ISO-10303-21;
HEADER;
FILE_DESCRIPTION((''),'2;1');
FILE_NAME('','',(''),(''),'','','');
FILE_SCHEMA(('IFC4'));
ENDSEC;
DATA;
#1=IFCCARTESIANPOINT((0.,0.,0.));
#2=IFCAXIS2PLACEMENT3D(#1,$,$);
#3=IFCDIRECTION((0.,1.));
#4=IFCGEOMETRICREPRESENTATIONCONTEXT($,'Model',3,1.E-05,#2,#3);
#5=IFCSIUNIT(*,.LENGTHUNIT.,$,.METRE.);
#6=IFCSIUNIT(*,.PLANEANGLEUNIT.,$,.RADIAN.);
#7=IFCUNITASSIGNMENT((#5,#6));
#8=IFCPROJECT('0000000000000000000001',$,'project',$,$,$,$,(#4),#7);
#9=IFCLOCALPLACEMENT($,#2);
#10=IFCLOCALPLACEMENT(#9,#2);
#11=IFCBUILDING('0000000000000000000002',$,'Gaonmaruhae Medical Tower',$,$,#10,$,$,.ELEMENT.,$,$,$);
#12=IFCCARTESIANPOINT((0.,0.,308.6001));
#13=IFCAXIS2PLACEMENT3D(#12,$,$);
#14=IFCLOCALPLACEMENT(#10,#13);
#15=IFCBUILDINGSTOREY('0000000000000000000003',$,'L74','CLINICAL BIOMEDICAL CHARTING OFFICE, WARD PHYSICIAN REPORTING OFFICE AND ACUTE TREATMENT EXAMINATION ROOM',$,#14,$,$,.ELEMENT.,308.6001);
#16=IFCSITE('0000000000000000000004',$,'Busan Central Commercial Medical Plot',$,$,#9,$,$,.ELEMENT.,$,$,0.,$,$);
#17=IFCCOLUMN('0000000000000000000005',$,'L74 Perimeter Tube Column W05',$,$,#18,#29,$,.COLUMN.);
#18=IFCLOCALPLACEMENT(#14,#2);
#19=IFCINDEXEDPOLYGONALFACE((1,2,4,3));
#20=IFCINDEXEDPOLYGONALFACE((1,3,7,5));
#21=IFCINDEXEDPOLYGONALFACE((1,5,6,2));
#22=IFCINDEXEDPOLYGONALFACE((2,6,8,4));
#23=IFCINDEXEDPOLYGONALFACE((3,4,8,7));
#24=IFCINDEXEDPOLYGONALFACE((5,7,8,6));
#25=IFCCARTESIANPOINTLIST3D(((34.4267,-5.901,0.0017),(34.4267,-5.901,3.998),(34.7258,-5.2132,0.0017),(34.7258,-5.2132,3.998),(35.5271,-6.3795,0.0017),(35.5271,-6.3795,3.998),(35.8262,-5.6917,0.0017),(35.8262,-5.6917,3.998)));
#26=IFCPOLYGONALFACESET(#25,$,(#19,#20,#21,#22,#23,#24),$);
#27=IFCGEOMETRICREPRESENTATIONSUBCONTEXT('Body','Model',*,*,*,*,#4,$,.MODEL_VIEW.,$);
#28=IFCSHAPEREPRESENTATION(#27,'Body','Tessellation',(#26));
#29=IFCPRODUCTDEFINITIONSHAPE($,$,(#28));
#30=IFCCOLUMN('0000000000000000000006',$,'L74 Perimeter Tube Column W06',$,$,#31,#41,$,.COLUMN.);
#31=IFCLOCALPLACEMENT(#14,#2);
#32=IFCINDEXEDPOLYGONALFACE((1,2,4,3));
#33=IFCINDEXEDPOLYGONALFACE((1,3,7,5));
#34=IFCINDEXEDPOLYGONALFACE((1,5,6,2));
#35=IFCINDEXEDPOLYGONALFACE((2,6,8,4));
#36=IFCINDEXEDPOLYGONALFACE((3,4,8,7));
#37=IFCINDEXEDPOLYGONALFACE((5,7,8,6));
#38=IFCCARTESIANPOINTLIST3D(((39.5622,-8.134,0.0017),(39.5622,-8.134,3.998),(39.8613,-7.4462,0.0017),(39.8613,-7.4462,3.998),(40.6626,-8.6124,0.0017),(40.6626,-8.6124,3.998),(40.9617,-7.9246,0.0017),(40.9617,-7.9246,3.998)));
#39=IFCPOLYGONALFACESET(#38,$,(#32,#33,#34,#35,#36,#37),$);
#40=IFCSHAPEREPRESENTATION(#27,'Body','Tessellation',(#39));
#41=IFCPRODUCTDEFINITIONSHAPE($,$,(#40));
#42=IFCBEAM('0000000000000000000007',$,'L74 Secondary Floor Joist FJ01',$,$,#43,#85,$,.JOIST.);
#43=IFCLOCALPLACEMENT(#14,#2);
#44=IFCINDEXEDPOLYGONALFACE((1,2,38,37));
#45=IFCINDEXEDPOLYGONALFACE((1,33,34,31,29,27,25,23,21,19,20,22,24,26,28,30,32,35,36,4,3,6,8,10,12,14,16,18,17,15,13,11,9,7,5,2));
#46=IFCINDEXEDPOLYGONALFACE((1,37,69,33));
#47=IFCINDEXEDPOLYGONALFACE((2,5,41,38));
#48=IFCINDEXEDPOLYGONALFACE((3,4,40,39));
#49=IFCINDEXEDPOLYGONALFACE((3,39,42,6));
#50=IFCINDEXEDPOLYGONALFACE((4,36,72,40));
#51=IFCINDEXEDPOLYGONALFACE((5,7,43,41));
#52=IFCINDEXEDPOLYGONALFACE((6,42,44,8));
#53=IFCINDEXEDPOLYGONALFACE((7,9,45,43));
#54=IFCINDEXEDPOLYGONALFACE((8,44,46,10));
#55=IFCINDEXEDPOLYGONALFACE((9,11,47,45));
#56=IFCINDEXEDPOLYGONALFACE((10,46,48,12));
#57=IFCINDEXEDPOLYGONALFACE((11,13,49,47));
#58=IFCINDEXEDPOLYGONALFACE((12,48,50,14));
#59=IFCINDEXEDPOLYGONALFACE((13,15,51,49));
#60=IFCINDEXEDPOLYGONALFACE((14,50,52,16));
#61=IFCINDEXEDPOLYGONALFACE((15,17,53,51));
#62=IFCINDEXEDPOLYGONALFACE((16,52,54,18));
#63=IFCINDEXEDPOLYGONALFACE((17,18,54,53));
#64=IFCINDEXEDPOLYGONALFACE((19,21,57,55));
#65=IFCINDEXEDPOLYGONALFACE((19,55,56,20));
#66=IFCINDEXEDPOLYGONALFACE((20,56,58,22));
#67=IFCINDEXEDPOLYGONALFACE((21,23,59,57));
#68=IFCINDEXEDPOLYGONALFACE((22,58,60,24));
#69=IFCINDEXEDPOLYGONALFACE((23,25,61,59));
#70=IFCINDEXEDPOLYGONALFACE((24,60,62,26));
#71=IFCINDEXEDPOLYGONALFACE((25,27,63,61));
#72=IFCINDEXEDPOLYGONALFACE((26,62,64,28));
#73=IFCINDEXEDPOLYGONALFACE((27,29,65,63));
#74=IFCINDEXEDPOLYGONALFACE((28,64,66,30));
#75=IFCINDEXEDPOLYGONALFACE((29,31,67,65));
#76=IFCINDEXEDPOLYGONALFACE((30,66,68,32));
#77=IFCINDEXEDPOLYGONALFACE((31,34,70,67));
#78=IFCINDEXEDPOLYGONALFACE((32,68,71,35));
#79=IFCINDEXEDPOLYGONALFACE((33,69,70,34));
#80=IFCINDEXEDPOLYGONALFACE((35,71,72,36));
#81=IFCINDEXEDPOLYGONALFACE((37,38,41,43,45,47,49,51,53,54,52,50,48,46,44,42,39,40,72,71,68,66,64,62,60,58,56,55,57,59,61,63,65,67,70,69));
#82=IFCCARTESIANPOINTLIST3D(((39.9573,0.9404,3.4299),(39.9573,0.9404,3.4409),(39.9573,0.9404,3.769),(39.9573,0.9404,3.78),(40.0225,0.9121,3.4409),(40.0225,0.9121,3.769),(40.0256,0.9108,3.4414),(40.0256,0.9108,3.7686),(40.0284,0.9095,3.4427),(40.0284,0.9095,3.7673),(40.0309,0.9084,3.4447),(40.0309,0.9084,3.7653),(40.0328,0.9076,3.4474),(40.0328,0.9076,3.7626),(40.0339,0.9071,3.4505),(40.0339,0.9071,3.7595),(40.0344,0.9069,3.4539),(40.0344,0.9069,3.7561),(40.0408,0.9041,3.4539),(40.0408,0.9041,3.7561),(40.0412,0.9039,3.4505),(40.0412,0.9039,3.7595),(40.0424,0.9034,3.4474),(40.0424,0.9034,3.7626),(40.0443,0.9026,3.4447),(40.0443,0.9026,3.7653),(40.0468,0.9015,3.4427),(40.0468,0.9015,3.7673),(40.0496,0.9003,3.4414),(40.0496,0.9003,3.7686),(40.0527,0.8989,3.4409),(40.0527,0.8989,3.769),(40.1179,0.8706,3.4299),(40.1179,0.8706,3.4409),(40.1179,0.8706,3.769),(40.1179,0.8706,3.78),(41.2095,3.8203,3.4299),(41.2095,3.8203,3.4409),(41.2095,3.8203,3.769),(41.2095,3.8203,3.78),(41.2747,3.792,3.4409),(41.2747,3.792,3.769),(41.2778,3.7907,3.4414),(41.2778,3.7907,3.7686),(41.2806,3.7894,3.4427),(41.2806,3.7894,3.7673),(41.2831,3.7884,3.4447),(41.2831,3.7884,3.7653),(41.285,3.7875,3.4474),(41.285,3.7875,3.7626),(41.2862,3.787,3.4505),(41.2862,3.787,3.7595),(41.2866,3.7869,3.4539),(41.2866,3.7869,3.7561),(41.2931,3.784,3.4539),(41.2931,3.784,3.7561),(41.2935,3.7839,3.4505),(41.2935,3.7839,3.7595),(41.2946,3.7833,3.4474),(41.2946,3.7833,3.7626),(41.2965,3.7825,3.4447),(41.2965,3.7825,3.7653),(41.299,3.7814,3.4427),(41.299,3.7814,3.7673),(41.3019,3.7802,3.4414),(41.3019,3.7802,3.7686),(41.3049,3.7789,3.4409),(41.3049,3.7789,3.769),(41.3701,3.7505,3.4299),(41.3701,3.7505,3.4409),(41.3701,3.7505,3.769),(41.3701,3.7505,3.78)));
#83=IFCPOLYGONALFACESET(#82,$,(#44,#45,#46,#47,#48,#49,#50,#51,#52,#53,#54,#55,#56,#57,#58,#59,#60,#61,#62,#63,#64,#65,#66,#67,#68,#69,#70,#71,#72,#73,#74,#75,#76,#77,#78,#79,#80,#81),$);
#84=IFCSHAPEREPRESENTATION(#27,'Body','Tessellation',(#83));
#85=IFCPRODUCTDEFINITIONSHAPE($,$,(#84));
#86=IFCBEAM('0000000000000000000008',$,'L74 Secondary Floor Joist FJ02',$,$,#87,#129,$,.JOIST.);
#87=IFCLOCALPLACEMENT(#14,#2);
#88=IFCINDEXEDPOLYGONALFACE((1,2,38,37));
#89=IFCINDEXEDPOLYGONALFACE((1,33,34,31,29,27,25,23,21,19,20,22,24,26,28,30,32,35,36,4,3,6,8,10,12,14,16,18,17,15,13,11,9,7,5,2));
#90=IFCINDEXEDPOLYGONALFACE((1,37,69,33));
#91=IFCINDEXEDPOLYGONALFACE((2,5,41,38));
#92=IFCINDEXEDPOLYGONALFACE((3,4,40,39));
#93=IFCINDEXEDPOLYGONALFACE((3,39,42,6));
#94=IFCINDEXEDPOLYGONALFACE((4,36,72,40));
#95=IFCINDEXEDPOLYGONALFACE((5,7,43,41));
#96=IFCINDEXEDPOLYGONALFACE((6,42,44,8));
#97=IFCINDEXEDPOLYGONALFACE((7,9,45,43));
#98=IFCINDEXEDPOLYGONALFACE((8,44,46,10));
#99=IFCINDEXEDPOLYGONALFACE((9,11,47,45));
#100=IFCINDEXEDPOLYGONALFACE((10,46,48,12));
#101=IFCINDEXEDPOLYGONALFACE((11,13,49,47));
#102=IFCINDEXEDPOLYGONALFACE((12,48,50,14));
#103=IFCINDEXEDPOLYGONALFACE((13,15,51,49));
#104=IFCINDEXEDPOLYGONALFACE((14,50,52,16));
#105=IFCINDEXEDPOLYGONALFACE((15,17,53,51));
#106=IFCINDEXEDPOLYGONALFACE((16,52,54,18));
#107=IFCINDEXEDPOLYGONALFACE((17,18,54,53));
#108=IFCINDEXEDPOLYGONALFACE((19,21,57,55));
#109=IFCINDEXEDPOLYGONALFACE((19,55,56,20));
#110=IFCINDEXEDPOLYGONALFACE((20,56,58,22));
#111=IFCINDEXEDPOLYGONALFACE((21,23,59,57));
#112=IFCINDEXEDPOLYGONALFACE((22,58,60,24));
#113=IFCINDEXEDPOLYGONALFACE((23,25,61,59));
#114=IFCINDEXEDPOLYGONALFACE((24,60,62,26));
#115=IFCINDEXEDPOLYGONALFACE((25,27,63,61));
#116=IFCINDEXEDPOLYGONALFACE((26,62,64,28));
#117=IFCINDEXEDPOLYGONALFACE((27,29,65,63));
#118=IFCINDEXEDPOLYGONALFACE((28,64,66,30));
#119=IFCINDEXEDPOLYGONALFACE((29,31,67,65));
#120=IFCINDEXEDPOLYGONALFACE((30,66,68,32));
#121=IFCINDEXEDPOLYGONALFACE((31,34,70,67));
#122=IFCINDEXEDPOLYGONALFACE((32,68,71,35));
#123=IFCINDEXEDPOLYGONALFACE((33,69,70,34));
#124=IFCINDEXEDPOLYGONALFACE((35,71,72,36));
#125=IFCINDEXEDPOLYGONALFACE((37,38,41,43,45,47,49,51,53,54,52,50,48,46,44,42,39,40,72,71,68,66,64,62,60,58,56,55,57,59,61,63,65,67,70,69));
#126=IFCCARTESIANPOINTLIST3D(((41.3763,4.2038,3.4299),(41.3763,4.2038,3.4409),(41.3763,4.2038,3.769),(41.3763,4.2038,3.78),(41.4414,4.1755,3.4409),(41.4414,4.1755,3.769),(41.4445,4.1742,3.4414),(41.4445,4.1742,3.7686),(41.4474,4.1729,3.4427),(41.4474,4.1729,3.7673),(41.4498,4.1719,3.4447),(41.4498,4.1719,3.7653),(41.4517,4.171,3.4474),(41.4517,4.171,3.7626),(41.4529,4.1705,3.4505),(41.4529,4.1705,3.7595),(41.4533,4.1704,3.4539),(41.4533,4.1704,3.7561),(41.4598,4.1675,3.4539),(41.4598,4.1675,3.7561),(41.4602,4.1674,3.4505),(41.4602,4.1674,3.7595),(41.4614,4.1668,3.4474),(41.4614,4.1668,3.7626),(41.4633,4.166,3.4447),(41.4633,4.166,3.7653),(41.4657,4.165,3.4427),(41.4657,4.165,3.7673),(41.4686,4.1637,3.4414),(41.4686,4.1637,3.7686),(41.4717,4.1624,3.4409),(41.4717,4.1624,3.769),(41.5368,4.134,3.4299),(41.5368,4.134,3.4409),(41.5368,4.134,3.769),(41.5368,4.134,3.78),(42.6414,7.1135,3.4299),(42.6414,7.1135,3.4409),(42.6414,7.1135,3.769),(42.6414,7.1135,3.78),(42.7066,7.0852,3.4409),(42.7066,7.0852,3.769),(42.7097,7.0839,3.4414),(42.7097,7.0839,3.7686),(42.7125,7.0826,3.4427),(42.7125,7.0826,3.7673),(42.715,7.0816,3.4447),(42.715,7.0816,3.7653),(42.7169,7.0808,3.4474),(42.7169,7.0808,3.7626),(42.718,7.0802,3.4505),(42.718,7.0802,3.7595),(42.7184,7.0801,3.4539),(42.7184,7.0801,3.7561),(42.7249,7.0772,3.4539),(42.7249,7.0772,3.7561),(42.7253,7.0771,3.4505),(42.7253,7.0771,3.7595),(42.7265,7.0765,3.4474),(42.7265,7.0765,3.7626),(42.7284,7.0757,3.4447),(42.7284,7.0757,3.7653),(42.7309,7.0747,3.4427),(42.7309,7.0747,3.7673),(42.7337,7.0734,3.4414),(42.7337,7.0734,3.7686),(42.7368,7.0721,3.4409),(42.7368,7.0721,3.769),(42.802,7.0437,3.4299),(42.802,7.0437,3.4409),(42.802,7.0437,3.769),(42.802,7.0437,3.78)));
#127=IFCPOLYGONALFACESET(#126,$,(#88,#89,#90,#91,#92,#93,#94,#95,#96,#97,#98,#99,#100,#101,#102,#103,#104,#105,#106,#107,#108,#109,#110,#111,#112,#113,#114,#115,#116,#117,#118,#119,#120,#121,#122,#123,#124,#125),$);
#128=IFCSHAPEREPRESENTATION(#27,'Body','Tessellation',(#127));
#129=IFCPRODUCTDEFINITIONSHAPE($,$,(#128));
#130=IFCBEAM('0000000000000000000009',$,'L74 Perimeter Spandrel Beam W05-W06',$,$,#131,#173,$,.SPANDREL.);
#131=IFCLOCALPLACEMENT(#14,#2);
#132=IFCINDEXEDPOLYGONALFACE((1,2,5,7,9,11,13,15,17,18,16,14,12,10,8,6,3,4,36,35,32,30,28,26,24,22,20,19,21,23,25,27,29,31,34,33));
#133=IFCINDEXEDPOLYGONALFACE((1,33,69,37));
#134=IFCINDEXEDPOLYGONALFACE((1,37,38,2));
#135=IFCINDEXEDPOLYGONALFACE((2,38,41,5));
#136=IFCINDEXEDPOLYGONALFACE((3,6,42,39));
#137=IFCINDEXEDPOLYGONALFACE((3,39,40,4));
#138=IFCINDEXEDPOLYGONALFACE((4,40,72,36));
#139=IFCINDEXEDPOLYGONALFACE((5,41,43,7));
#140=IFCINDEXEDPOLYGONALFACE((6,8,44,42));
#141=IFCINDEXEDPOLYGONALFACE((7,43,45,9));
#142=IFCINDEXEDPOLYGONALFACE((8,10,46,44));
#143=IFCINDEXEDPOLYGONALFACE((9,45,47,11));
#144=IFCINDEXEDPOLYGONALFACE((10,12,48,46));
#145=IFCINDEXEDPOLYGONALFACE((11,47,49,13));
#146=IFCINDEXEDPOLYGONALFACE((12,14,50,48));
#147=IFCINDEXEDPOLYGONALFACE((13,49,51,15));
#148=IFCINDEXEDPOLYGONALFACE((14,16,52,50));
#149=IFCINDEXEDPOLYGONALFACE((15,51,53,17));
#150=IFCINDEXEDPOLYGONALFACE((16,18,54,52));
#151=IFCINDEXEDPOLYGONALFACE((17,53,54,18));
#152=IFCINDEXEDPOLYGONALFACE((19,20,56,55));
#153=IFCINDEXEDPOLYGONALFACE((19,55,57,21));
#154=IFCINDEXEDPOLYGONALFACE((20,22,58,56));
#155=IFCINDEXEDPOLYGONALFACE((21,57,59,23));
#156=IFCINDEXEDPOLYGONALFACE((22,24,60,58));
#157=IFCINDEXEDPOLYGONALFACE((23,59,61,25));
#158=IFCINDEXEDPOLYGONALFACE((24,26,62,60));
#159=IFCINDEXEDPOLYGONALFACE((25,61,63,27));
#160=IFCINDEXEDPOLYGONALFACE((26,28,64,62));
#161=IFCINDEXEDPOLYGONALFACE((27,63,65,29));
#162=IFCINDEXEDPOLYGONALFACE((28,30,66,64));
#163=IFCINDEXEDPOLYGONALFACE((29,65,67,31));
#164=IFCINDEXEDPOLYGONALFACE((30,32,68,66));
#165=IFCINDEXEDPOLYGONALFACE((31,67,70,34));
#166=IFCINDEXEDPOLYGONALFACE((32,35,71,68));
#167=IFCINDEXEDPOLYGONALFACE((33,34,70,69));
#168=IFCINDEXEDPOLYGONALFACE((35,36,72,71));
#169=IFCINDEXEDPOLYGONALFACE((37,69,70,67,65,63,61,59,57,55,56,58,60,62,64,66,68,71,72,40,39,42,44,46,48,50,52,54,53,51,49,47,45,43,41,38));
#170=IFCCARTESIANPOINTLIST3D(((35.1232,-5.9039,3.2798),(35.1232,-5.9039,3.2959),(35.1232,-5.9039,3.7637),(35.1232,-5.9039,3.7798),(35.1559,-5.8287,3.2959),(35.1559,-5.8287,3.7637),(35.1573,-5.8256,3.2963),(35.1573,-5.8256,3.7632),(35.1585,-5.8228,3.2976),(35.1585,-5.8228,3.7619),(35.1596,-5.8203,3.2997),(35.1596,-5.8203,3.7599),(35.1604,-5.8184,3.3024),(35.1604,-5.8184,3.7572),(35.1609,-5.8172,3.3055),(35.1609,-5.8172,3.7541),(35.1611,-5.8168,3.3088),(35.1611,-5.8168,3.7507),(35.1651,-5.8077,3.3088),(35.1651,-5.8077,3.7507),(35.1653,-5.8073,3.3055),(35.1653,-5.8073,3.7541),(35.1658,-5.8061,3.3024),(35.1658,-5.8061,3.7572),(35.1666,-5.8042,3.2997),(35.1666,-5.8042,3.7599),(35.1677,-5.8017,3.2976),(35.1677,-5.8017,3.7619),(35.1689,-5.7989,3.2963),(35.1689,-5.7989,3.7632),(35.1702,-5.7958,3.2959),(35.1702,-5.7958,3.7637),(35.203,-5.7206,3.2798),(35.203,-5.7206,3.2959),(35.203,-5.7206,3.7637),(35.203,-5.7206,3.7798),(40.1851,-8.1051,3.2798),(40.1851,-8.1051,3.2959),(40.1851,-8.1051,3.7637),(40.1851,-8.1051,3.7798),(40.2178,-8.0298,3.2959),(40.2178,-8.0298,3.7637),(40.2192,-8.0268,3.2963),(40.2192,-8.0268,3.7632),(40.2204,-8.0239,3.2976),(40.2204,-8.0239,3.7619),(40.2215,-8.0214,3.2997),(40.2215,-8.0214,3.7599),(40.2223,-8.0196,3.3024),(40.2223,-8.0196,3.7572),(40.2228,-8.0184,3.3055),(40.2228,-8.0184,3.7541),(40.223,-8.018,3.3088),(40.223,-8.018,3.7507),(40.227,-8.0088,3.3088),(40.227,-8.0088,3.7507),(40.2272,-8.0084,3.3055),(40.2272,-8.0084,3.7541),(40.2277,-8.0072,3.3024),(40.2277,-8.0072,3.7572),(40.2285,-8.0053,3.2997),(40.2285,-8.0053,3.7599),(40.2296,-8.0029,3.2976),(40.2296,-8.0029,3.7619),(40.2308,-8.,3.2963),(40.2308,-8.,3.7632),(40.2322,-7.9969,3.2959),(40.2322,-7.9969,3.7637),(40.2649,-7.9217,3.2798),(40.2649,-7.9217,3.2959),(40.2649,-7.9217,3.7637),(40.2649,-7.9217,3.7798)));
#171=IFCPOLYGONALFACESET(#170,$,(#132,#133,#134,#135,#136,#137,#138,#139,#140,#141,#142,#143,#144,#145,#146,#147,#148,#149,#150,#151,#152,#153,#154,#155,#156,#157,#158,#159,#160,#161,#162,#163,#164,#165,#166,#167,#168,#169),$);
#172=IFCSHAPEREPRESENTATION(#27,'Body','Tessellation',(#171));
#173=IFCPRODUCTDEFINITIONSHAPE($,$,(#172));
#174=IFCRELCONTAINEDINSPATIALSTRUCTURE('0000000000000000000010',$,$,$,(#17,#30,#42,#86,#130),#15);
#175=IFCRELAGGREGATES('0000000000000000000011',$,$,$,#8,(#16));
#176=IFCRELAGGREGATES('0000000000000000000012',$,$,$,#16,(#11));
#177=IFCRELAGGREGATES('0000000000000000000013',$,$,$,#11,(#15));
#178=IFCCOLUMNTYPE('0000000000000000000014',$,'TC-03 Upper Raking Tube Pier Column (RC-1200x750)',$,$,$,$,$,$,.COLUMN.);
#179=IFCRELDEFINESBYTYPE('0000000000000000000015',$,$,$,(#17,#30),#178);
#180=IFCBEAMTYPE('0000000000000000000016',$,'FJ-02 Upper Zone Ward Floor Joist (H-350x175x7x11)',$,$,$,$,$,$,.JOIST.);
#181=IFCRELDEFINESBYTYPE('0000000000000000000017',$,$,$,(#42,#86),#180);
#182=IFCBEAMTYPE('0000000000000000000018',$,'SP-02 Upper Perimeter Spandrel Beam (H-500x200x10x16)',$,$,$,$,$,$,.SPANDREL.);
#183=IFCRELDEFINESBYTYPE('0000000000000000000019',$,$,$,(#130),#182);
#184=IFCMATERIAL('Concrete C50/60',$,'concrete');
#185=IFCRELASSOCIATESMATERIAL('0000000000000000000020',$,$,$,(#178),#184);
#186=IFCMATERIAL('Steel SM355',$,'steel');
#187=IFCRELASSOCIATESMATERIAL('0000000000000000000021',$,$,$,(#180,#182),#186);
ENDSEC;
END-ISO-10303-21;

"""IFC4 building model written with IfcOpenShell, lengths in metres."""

from ifc_helpers import new_model, si_unit, direction, frame, origin, origin_2d, place, context, subcontext, project, spatial, rectangle, i_section, extrude, material, material_profile, profile_set, type_object, element, save


model = new_model("IFC4")

# Units and contexts
model_context = context("Model", 3, precision=1e-05, world=origin(), true_north=direction((0.0, 1.0)))
body_context = subcontext(model_context, "Body", "Model", "MODEL_VIEW")
ifc_project = project(units=[si_unit("LENGTHUNIT", "METRE"), si_unit("PLANEANGLEUNIT", "RADIAN")], contexts=[model_context])

# Site, building, storey
site_placement = place(None, origin())
site = spatial("IfcSite", under=ifc_project, at=site_placement, Name="Busan Central Commercial Medical Plot", CompositionType="ELEMENT", RefElevation=0.0)
building_placement = place(site_placement, origin())
building = spatial("IfcBuilding", under=site, at=building_placement, Name="Gaonmaruhae Medical Tower", CompositionType="ELEMENT")
storey_placement = place(building_placement, frame((0.0, 0.0, 308.6001)))
storey = spatial("IfcBuildingStorey", under=building, at=storey_placement, Name="L74", Description="CLINICAL BIOMEDICAL CHARTING OFFICE, WARD PHYSICIAN REPORTING OFFICE AND ACUTE TREATMENT EXAMINATION ROOM", CompositionType="ELEMENT", Elevation=308.6001)

# Columns
ifc_material_1 = material(Name="Concrete C50/60", Category="concrete")
ifc_material_profile_1 = material_profile(ifc_material_1, rectangle(XDim=1.2, YDim=0.75, at=origin_2d()), Name="RC-1200x750")
ifc_profile_set_1 = profile_set([ifc_material_profile_1], Name="Concrete C50/60")
column_type = type_object("IfcColumnType", Name="TC-03 Upper Raking Tube Pier Column (RC-1200x750)", PredefinedType="COLUMN", material=ifc_profile_set_1)
for number, where, z_axis, x_axis, name in (
    (1, (35.1265, -5.7964, 0.0017), (0.0, 0.0, 1.0), (-0.91706, 0.398749, 0.0), "L74 Perimeter Tube Column W05"),
    (2, (40.262, -8.0293, 0.0017), (0.0, 0.0, 1.0), (-0.91706, 0.398749, 0.0), "L74 Perimeter Tube Column W06"),
):
    element("IfcColumn", number, at=place(storey_placement, frame(where, z_axis=z_axis, x_axis=x_axis)), inside=storey, type_object=column_type, Name=name, PredefinedType="COLUMN", context=body_context, shape_type="SweptSolid", body=[
        extrude(rectangle(XDim=1.2, YDim=0.75, at=origin_2d()), origin(), (0.0, 0.0, 1.0), 3.9963),
    ])

# Beams
ifc_material_2 = material(Name="Steel SM355", Category="steel")
ifc_material_profile_2 = material_profile(ifc_material_2, i_section(OverallWidth=0.175, OverallDepth=0.3501, WebThickness=0.0071, FlangeThickness=0.011, FilletRadius=0.0129, at=origin_2d()), Name="H-350x175x7x11")
ifc_profile_set_2 = profile_set([ifc_material_profile_2], Name="Steel SM355")
beam_type_1 = type_object("IfcBeamType", Name="FJ-02 Upper Zone Ward Floor Joist (H-350x175x7x11)", PredefinedType="JOIST", material=ifc_profile_set_2)
beam_1_placement = place(storey_placement, frame((40.0376, 0.9055, 3.605), z_axis=(0.398746, 0.917061, 0.0), x_axis=(-0.917061, 0.398746, 0.0)))
element("IfcBeam", 3, at=beam_1_placement, inside=storey, type_object=beam_type_1, Name="L74 Secondary Floor Joist FJ01", PredefinedType="JOIST", context=body_context, shape_type="SweptSolid", body=[
    extrude(i_section(OverallWidth=0.175, OverallDepth=0.3501, WebThickness=0.0071, FlangeThickness=0.011, FilletRadius=0.0129, at=origin_2d()), origin(), (0.0, 0.0, 1.0), 3.1404),
])
beam_2_placement = place(storey_placement, frame((41.4565, 4.1689, 3.605), z_axis=(0.398743, 0.917063, 0.0), x_axis=(-0.917063, 0.398743, 0.0)))
element("IfcBeam", 4, at=beam_2_placement, inside=storey, type_object=beam_type_1, Name="L74 Secondary Floor Joist FJ02", PredefinedType="JOIST", context=body_context, shape_type="SweptSolid", body=[
    extrude(i_section(OverallWidth=0.175, OverallDepth=0.3501, WebThickness=0.0071, FlangeThickness=0.011, FilletRadius=0.0129, at=origin_2d()), origin(), (0.0, 0.0, 1.0), 3.1729),
])
ifc_material_profile_3 = material_profile(ifc_material_2, i_section(OverallWidth=0.2, OverallDepth=0.5, WebThickness=0.01, FlangeThickness=0.0161, FilletRadius=0.0129, at=origin_2d()), Name="H-500x200x10x16")
ifc_profile_set_3 = profile_set([ifc_material_profile_3], Name="Steel SM355")
beam_type_2 = type_object("IfcBeamType", Name="SP-02 Upper Perimeter Spandrel Beam (H-500x200x10x16)", PredefinedType="SPANDREL", material=ifc_profile_set_3)
beam_3_placement = place(storey_placement, frame((35.1631, -5.8123, 3.5298), z_axis=(0.91705, -0.398771, 0.0), x_axis=(0.398771, 0.91705, 0.0)))
element("IfcBeam", 5, at=beam_3_placement, inside=storey, type_object=beam_type_2, Name="L74 Perimeter Spandrel Beam W05-W06", PredefinedType="SPANDREL", context=body_context, shape_type="SweptSolid", body=[
    extrude(i_section(OverallWidth=0.2, OverallDepth=0.5, WebThickness=0.01, FlangeThickness=0.0161, FilletRadius=0.0129, at=origin_2d()), origin(), (0.0, 0.0, 1.0), 5.5198),
])

save(model, "model.ifc")
